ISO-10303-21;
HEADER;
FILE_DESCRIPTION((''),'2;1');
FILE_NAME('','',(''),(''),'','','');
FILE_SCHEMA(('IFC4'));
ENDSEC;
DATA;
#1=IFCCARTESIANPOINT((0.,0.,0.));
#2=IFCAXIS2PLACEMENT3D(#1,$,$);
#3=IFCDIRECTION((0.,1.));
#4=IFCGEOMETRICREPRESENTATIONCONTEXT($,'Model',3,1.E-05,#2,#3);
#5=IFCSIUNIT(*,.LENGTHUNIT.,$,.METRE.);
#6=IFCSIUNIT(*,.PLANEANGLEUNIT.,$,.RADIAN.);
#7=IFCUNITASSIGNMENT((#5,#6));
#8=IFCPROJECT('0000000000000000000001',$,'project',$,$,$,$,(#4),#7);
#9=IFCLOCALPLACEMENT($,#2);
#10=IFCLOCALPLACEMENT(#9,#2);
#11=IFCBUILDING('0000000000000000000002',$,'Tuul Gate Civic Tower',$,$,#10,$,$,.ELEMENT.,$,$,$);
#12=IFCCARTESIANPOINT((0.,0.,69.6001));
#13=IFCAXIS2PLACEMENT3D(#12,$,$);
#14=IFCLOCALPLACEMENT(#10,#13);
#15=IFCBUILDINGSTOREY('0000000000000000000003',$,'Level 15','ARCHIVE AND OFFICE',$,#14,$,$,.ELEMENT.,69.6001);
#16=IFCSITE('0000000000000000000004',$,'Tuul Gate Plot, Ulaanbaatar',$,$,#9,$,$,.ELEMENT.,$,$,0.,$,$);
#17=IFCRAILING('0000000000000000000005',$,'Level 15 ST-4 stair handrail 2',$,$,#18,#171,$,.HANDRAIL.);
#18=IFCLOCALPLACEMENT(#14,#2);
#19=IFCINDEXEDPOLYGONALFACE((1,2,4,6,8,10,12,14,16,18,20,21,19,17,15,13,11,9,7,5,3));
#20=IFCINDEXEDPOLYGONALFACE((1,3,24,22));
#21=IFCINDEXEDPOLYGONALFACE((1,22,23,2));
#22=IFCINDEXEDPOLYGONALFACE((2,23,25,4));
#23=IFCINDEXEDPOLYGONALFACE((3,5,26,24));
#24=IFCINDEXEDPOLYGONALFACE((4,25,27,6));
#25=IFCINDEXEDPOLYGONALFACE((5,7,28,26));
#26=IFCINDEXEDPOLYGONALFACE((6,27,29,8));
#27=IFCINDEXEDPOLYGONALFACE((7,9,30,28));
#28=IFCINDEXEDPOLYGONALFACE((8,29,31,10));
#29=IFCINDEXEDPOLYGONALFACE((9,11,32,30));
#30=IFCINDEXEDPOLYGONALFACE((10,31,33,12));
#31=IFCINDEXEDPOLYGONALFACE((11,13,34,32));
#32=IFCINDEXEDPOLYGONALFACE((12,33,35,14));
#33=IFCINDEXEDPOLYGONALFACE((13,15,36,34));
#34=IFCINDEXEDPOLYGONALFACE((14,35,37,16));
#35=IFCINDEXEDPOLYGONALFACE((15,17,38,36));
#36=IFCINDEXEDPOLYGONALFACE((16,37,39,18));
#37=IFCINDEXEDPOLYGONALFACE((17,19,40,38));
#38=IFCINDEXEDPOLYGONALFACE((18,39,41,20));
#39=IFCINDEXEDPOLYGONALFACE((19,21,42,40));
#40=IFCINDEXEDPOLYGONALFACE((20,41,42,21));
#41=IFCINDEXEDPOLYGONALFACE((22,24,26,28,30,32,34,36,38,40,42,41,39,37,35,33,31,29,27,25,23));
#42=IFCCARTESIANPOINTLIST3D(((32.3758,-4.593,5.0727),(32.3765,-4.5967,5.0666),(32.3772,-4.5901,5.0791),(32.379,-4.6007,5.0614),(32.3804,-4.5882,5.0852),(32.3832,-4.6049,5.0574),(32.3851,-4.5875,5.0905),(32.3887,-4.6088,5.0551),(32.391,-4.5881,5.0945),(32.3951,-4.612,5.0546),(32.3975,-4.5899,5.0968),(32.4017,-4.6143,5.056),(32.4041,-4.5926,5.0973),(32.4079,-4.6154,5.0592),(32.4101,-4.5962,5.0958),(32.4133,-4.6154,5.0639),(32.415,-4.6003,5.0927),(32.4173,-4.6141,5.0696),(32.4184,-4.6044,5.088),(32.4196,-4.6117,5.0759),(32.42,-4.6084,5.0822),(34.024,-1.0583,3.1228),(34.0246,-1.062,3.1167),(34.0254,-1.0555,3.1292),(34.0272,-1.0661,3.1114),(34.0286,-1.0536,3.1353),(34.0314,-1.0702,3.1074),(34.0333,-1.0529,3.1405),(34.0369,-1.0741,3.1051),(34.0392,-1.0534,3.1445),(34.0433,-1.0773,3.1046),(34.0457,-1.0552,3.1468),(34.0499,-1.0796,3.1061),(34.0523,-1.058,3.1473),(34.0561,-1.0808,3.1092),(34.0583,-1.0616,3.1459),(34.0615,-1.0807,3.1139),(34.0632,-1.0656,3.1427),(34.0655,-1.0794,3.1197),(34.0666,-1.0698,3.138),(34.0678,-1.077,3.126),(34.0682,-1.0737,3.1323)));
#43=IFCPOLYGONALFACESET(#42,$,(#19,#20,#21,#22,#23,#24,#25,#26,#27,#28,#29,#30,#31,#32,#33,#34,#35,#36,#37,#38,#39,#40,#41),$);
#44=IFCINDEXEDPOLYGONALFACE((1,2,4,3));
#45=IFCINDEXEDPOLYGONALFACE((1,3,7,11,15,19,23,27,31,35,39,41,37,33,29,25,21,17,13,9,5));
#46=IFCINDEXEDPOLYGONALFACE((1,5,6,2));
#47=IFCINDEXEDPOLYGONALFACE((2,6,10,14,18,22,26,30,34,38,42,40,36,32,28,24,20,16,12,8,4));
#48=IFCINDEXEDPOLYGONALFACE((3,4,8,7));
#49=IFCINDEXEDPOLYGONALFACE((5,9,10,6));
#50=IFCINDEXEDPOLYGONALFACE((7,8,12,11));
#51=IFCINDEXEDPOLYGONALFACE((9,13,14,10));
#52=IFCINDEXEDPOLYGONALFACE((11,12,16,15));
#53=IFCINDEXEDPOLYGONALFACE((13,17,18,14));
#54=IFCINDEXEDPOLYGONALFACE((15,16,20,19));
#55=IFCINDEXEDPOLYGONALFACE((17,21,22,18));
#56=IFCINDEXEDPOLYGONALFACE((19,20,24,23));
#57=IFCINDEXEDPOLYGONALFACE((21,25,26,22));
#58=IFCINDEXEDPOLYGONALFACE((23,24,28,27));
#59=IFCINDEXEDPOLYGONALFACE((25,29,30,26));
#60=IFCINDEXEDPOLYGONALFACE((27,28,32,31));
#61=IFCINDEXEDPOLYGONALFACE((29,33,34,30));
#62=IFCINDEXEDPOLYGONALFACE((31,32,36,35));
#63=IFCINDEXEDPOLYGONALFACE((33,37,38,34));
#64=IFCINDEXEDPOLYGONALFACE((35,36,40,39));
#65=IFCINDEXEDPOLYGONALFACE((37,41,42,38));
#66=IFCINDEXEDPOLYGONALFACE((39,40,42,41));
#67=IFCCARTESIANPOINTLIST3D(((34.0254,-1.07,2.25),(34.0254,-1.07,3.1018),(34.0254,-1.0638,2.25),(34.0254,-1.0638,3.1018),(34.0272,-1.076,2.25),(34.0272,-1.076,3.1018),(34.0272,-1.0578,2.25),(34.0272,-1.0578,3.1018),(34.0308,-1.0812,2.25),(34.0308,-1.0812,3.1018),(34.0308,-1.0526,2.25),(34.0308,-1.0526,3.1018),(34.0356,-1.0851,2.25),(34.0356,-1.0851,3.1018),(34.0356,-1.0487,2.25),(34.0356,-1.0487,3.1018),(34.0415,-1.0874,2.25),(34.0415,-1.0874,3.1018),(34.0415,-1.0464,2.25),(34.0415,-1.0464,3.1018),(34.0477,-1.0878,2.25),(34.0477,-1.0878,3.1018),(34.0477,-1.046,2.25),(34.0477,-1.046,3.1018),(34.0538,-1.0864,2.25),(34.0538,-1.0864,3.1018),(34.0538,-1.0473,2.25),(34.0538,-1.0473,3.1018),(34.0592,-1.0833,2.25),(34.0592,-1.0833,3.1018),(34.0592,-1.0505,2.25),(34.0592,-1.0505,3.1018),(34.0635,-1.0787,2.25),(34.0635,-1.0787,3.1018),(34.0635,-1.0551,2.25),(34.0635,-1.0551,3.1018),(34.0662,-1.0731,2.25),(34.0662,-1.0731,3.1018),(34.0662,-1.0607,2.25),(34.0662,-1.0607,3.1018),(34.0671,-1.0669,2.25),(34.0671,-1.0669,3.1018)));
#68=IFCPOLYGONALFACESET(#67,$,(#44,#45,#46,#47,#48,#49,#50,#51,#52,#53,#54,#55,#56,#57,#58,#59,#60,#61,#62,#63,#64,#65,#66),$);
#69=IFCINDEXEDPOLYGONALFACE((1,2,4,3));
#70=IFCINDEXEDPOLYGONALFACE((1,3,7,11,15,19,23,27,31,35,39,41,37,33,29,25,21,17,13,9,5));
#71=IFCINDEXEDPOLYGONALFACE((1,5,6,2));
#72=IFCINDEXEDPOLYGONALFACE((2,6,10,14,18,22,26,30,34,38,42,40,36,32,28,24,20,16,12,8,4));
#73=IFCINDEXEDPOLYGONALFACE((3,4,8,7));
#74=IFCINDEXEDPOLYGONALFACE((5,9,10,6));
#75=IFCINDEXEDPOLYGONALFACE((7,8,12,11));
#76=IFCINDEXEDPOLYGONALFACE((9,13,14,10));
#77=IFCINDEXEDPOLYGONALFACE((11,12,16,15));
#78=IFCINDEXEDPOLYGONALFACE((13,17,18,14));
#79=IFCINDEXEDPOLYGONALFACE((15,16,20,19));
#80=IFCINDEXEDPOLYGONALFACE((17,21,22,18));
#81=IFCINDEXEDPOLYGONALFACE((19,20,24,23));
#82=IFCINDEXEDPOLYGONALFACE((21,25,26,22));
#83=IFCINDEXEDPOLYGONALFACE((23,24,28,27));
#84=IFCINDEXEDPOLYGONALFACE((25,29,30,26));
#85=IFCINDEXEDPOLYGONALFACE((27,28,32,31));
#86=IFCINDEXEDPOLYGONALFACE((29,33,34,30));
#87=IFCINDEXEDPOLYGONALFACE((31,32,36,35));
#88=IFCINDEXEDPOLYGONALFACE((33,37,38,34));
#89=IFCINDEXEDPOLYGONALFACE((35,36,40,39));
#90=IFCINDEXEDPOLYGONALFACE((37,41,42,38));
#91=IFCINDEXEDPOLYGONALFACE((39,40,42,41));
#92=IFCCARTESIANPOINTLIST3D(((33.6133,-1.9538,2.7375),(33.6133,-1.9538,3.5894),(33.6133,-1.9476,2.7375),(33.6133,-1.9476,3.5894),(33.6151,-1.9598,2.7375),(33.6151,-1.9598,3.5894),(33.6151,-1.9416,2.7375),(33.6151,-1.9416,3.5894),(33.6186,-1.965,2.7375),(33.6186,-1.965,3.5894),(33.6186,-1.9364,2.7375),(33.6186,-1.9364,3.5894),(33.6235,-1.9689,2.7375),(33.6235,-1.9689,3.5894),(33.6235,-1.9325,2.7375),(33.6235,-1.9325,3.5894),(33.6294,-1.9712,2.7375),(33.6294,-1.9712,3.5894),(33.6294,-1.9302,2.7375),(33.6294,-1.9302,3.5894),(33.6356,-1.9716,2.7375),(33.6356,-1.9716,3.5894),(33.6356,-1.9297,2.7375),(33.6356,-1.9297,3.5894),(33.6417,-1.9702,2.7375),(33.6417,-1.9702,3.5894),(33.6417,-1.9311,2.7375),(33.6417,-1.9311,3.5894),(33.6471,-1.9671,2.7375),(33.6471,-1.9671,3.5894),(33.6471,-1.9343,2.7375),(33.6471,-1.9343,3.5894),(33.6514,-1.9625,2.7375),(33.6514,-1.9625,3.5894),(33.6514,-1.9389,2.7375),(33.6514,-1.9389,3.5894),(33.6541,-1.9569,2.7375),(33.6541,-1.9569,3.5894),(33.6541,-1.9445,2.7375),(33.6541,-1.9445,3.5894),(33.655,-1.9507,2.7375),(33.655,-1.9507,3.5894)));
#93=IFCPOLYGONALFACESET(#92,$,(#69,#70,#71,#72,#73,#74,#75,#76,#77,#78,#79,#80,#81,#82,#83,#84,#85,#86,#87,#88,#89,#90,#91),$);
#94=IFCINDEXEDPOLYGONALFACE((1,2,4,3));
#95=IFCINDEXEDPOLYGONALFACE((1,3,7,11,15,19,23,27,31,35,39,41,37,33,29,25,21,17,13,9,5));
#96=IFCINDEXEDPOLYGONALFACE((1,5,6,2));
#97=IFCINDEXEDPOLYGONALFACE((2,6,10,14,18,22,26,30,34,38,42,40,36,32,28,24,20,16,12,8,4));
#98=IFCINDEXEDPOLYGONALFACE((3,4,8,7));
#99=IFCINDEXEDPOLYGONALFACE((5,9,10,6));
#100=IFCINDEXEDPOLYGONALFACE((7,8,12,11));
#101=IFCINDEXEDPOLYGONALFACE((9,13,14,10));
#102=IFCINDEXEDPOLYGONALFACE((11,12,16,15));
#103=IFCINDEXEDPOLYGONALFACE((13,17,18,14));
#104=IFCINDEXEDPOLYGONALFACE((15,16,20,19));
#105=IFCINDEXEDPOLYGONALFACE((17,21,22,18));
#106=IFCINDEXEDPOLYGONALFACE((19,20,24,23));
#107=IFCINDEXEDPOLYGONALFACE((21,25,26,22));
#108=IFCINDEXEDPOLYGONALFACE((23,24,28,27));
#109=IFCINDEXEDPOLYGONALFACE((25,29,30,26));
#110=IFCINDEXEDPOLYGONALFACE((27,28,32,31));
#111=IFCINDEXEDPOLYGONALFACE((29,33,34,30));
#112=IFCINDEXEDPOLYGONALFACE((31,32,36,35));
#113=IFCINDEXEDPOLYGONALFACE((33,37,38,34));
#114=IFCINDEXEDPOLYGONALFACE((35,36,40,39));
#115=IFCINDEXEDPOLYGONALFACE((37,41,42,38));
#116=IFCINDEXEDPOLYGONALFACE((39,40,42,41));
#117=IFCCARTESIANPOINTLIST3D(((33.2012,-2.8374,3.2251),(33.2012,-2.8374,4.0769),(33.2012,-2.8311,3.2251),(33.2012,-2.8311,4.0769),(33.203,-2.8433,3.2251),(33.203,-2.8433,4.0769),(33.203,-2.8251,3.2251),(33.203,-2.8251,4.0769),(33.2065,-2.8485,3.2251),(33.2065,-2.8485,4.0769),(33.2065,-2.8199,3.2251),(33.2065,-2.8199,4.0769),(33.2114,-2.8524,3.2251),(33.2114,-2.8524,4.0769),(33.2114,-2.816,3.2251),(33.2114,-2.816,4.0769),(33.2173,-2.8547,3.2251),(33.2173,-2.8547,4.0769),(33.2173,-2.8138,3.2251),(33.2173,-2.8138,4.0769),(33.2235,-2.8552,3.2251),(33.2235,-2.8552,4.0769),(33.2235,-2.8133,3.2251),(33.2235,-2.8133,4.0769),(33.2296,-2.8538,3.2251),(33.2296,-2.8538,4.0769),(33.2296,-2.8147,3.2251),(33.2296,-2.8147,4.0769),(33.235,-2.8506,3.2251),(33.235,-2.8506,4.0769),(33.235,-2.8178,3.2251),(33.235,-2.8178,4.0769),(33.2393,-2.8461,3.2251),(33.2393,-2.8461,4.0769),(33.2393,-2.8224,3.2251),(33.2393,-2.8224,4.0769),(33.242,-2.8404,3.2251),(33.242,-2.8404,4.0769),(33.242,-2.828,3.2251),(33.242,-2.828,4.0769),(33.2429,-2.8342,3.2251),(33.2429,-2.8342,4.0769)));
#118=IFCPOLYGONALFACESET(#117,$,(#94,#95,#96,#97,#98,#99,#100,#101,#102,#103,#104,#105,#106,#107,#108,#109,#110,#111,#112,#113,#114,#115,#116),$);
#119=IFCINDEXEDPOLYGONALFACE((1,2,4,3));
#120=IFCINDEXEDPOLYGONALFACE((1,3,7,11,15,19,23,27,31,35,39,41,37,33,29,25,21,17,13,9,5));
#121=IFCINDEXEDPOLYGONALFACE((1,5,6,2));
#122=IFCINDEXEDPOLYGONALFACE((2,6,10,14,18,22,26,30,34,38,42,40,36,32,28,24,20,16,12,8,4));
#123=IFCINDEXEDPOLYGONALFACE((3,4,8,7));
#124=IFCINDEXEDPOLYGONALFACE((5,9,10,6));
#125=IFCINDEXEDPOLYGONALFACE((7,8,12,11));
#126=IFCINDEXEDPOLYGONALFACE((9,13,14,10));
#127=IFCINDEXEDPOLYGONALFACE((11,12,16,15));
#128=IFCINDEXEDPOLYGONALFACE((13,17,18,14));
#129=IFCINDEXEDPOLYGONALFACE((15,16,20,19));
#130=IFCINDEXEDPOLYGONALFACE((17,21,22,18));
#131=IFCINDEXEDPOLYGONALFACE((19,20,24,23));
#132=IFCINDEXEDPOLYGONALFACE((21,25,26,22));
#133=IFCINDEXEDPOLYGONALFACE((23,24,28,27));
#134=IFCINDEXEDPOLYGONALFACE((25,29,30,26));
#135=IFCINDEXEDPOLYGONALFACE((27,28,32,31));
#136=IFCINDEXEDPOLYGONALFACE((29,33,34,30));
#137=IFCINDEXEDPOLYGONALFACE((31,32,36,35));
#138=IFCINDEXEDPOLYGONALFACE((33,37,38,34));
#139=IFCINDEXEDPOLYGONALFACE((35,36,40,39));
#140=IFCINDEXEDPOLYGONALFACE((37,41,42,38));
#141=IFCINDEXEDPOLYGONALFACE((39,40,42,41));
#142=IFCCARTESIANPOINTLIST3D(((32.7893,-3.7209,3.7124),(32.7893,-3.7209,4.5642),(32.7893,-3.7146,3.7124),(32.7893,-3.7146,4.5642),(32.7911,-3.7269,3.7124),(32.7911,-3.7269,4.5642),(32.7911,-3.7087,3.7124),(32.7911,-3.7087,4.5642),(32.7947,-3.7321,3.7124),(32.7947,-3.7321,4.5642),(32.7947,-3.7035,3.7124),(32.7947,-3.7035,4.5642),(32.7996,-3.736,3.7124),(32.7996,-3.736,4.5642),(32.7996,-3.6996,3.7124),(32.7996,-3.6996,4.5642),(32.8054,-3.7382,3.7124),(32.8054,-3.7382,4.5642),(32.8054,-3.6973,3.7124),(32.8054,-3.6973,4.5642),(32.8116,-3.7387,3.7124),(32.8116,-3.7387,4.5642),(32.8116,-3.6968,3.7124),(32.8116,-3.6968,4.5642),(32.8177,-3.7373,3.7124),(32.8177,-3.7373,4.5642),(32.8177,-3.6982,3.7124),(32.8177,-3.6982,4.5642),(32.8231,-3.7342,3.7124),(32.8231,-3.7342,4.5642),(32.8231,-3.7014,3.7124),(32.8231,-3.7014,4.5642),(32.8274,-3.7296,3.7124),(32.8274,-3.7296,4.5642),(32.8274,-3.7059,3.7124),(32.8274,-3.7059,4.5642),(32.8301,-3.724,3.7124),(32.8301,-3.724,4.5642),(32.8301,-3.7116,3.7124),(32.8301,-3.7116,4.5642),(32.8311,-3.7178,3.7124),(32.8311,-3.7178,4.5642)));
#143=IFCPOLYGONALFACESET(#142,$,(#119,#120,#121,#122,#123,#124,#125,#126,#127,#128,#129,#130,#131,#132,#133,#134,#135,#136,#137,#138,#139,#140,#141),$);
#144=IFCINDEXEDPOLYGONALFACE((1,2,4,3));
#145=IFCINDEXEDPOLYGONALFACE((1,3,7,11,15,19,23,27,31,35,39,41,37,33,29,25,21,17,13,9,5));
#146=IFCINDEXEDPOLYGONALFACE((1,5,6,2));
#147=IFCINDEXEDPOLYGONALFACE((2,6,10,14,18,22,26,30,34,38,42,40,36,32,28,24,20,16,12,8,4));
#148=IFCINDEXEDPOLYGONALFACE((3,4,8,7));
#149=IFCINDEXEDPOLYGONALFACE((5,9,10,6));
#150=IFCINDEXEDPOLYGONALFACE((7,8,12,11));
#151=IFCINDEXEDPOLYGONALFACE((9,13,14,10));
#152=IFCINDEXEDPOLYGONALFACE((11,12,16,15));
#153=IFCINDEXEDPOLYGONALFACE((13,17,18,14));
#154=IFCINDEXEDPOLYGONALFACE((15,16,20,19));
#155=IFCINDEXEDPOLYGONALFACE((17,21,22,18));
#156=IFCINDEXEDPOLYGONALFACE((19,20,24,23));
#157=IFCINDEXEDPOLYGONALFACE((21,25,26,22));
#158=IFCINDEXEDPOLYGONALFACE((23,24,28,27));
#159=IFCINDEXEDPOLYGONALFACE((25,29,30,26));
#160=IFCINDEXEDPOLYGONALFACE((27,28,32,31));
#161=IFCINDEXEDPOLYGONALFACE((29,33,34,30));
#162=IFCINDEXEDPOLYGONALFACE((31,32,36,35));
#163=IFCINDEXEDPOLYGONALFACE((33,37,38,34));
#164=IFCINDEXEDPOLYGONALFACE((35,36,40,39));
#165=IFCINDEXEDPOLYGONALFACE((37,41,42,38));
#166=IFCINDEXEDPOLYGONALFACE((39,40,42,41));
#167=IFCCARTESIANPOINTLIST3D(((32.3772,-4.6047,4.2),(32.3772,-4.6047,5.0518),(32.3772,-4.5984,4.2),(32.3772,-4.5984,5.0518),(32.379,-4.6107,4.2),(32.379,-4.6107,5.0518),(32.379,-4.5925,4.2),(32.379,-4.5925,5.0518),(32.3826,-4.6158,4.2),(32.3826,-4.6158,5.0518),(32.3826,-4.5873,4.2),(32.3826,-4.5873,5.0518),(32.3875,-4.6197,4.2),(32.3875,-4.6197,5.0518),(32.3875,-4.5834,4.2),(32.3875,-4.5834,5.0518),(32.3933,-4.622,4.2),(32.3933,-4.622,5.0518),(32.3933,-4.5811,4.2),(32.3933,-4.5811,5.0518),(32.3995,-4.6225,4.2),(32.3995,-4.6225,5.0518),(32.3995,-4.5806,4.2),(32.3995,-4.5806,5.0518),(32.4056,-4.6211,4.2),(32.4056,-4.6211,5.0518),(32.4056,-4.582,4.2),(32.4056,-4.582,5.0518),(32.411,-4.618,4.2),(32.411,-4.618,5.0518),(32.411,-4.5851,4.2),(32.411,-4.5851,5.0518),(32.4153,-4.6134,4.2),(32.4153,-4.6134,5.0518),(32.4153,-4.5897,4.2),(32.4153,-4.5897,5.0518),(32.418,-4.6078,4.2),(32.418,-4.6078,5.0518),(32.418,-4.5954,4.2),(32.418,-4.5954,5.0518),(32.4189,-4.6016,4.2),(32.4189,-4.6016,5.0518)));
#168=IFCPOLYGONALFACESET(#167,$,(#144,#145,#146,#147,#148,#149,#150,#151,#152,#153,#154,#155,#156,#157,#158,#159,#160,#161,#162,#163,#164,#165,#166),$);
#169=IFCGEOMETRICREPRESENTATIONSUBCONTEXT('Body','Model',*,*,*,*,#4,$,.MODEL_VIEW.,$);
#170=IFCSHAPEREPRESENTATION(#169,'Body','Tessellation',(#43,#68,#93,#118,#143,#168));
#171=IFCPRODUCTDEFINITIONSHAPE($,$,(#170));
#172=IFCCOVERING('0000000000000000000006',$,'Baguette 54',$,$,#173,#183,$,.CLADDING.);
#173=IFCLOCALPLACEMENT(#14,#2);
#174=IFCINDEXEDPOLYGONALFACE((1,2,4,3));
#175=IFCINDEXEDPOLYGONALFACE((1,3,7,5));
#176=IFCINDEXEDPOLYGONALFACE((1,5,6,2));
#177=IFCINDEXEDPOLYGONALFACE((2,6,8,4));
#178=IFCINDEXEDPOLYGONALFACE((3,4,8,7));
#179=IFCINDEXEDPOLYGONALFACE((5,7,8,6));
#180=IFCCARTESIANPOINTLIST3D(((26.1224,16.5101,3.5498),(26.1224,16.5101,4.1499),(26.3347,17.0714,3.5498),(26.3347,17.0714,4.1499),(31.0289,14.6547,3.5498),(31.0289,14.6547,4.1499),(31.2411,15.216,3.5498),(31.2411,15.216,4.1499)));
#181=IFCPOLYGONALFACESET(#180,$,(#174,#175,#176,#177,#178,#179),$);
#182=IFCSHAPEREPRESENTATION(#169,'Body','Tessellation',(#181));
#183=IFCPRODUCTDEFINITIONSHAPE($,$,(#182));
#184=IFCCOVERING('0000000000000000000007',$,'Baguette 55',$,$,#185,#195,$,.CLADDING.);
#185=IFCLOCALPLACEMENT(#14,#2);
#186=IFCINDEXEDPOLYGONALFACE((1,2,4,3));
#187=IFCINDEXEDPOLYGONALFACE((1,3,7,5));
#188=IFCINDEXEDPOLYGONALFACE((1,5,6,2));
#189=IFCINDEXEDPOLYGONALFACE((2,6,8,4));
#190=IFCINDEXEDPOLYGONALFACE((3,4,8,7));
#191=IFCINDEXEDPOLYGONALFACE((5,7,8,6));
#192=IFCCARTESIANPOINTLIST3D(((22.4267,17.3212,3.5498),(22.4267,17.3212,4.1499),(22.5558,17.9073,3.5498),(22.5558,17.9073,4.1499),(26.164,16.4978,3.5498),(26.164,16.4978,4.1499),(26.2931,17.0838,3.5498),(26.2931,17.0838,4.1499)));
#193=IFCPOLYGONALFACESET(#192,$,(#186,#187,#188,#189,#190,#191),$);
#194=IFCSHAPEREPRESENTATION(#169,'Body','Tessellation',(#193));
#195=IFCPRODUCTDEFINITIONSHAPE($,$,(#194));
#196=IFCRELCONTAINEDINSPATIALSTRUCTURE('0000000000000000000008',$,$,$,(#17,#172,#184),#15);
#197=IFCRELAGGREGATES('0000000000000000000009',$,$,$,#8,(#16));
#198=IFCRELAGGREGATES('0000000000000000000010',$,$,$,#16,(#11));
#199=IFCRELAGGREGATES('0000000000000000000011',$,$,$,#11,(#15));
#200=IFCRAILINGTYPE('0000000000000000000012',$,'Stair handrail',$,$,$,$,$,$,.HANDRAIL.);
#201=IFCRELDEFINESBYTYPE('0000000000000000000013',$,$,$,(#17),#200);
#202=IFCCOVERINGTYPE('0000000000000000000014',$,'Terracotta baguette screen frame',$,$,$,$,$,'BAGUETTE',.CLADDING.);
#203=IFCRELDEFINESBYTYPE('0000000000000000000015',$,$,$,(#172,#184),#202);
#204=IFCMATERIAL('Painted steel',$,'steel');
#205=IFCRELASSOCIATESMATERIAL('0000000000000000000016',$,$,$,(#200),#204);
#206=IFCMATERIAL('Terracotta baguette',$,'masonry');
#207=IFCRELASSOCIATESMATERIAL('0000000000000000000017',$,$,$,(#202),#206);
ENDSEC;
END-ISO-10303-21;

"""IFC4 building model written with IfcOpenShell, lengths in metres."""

from ifc_helpers import new_model, si_unit, direction, frame, origin, origin_2d, place, context, subcontext, project, spatial, rectangle, circle, extrude, material, material_profile, profile_set, type_object, element, save


model = new_model("IFC4")

# Units and contexts
model_context = context("Model", 3, precision=1e-05, world=origin(), true_north=direction((0.0, 1.0)))
body_context = subcontext(model_context, "Body", "Model", "MODEL_VIEW")
ifc_project = project(units=[si_unit("LENGTHUNIT", "METRE"), si_unit("PLANEANGLEUNIT", "RADIAN")], contexts=[model_context])

# Site, building, storey
site_placement = place(None, origin())
site = spatial("IfcSite", under=ifc_project, at=site_placement, Name="Tuul Gate Plot, Ulaanbaatar", CompositionType="ELEMENT", RefElevation=0.0)
building_placement = place(site_placement, origin())
building = spatial("IfcBuilding", under=site, at=building_placement, Name="Tuul Gate Civic Tower", CompositionType="ELEMENT")
storey_placement = place(building_placement, frame((0.0, 0.0, 69.6001)))
storey = spatial("IfcBuildingStorey", under=building, at=storey_placement, Name="Level 15", Description="ARCHIVE AND OFFICE", CompositionType="ELEMENT", Elevation=69.6001)

# Railing
ifc_material_1 = material(Name="Painted steel", Category="steel")
railing_type = type_object("IfcRailingType", Name="Stair handrail", PredefinedType="HANDRAIL", material=ifc_material_1)
railing_placement = place(storey_placement, frame((34.0461, -1.0669, 2.25)))
element("IfcRailing", 1, at=railing_placement, inside=storey, type_object=railing_type, Name="Level 15 ST-4 stair handrail 2", PredefinedType="HANDRAIL", context=body_context, shape_type="SweptSolid", body=[
    extrude(circle(Radius=0.0239, at=origin_2d()), frame((0.0, 0.0, 0.876), z_axis=(-0.377995, -0.810637, 0.4472), x_axis=(0.906313, -0.422608, 0.0)), (0.0, 0.0, 1.0), 4.3604),
    extrude(circle(Radius=0.021, at=origin_2d()), origin(), (0.0, 0.0, 1.0), 0.8518),
    extrude(circle(Radius=0.021, at=origin_2d()), frame((-0.4121, -0.8838, 0.4875)), (0.0, 0.0, 1.0), 0.8518),
    extrude(circle(Radius=0.021, at=origin_2d()), frame((-0.8242, -1.7673, 0.9751)), (0.0, 0.0, 1.0), 0.8518),
    extrude(circle(Radius=0.021, at=origin_2d()), frame((-1.2361, -2.6509, 1.4624)), (0.0, 0.0, 1.0), 0.8518),
    extrude(circle(Radius=0.021, at=origin_2d()), frame((-1.6482, -3.5347, 1.95)), (0.0, 0.0, 1.0), 0.8518),
])

# Coverings
ifc_material_2 = material(Name="Terracotta baguette", Category="masonry")
ifc_material_profile_1 = material_profile(ifc_material_2, rectangle(XDim=0.6001, YDim=0.6001, at=origin_2d()), Name="Terracotta baguette screen frame")
ifc_profile_set_1 = profile_set([ifc_material_profile_1], Name="Terracotta baguette")
covering_type = type_object("IfcCoveringType", Name="Terracotta baguette screen frame", ElementType="BAGUETTE", PredefinedType="CLADDING", material=ifc_profile_set_1)
covering_1_placement = place(storey_placement, frame((31.135, 14.9353, 3.8499), z_axis=(-0.935352, 0.353718, 0.0), x_axis=(-0.353718, -0.935352, 0.0)))
element("IfcCovering", 2, at=covering_1_placement, inside=storey, type_object=covering_type, Name="Baguette 54", PredefinedType="CLADDING", context=body_context, shape_type="SweptSolid", body=[
    extrude(rectangle(XDim=0.6001, YDim=0.6001, at=origin_2d()), origin(), (0.0, 0.0, 1.0), 5.2456),
])
covering_2_placement = place(storey_placement, frame((26.2285, 16.7908, 3.8499), z_axis=(-0.976574, 0.215181, 0.0), x_axis=(-0.215181, -0.976574, 0.0)))
element("IfcCovering", 3, at=covering_2_placement, inside=storey, type_object=covering_type, Name="Baguette 55", PredefinedType="CLADDING", context=body_context, shape_type="SweptSolid", body=[
    extrude(rectangle(XDim=0.6001, YDim=0.6001, at=origin_2d()), origin(), (0.0, 0.0, 1.0), 3.8269),
])

save(model, "model.ifc")
